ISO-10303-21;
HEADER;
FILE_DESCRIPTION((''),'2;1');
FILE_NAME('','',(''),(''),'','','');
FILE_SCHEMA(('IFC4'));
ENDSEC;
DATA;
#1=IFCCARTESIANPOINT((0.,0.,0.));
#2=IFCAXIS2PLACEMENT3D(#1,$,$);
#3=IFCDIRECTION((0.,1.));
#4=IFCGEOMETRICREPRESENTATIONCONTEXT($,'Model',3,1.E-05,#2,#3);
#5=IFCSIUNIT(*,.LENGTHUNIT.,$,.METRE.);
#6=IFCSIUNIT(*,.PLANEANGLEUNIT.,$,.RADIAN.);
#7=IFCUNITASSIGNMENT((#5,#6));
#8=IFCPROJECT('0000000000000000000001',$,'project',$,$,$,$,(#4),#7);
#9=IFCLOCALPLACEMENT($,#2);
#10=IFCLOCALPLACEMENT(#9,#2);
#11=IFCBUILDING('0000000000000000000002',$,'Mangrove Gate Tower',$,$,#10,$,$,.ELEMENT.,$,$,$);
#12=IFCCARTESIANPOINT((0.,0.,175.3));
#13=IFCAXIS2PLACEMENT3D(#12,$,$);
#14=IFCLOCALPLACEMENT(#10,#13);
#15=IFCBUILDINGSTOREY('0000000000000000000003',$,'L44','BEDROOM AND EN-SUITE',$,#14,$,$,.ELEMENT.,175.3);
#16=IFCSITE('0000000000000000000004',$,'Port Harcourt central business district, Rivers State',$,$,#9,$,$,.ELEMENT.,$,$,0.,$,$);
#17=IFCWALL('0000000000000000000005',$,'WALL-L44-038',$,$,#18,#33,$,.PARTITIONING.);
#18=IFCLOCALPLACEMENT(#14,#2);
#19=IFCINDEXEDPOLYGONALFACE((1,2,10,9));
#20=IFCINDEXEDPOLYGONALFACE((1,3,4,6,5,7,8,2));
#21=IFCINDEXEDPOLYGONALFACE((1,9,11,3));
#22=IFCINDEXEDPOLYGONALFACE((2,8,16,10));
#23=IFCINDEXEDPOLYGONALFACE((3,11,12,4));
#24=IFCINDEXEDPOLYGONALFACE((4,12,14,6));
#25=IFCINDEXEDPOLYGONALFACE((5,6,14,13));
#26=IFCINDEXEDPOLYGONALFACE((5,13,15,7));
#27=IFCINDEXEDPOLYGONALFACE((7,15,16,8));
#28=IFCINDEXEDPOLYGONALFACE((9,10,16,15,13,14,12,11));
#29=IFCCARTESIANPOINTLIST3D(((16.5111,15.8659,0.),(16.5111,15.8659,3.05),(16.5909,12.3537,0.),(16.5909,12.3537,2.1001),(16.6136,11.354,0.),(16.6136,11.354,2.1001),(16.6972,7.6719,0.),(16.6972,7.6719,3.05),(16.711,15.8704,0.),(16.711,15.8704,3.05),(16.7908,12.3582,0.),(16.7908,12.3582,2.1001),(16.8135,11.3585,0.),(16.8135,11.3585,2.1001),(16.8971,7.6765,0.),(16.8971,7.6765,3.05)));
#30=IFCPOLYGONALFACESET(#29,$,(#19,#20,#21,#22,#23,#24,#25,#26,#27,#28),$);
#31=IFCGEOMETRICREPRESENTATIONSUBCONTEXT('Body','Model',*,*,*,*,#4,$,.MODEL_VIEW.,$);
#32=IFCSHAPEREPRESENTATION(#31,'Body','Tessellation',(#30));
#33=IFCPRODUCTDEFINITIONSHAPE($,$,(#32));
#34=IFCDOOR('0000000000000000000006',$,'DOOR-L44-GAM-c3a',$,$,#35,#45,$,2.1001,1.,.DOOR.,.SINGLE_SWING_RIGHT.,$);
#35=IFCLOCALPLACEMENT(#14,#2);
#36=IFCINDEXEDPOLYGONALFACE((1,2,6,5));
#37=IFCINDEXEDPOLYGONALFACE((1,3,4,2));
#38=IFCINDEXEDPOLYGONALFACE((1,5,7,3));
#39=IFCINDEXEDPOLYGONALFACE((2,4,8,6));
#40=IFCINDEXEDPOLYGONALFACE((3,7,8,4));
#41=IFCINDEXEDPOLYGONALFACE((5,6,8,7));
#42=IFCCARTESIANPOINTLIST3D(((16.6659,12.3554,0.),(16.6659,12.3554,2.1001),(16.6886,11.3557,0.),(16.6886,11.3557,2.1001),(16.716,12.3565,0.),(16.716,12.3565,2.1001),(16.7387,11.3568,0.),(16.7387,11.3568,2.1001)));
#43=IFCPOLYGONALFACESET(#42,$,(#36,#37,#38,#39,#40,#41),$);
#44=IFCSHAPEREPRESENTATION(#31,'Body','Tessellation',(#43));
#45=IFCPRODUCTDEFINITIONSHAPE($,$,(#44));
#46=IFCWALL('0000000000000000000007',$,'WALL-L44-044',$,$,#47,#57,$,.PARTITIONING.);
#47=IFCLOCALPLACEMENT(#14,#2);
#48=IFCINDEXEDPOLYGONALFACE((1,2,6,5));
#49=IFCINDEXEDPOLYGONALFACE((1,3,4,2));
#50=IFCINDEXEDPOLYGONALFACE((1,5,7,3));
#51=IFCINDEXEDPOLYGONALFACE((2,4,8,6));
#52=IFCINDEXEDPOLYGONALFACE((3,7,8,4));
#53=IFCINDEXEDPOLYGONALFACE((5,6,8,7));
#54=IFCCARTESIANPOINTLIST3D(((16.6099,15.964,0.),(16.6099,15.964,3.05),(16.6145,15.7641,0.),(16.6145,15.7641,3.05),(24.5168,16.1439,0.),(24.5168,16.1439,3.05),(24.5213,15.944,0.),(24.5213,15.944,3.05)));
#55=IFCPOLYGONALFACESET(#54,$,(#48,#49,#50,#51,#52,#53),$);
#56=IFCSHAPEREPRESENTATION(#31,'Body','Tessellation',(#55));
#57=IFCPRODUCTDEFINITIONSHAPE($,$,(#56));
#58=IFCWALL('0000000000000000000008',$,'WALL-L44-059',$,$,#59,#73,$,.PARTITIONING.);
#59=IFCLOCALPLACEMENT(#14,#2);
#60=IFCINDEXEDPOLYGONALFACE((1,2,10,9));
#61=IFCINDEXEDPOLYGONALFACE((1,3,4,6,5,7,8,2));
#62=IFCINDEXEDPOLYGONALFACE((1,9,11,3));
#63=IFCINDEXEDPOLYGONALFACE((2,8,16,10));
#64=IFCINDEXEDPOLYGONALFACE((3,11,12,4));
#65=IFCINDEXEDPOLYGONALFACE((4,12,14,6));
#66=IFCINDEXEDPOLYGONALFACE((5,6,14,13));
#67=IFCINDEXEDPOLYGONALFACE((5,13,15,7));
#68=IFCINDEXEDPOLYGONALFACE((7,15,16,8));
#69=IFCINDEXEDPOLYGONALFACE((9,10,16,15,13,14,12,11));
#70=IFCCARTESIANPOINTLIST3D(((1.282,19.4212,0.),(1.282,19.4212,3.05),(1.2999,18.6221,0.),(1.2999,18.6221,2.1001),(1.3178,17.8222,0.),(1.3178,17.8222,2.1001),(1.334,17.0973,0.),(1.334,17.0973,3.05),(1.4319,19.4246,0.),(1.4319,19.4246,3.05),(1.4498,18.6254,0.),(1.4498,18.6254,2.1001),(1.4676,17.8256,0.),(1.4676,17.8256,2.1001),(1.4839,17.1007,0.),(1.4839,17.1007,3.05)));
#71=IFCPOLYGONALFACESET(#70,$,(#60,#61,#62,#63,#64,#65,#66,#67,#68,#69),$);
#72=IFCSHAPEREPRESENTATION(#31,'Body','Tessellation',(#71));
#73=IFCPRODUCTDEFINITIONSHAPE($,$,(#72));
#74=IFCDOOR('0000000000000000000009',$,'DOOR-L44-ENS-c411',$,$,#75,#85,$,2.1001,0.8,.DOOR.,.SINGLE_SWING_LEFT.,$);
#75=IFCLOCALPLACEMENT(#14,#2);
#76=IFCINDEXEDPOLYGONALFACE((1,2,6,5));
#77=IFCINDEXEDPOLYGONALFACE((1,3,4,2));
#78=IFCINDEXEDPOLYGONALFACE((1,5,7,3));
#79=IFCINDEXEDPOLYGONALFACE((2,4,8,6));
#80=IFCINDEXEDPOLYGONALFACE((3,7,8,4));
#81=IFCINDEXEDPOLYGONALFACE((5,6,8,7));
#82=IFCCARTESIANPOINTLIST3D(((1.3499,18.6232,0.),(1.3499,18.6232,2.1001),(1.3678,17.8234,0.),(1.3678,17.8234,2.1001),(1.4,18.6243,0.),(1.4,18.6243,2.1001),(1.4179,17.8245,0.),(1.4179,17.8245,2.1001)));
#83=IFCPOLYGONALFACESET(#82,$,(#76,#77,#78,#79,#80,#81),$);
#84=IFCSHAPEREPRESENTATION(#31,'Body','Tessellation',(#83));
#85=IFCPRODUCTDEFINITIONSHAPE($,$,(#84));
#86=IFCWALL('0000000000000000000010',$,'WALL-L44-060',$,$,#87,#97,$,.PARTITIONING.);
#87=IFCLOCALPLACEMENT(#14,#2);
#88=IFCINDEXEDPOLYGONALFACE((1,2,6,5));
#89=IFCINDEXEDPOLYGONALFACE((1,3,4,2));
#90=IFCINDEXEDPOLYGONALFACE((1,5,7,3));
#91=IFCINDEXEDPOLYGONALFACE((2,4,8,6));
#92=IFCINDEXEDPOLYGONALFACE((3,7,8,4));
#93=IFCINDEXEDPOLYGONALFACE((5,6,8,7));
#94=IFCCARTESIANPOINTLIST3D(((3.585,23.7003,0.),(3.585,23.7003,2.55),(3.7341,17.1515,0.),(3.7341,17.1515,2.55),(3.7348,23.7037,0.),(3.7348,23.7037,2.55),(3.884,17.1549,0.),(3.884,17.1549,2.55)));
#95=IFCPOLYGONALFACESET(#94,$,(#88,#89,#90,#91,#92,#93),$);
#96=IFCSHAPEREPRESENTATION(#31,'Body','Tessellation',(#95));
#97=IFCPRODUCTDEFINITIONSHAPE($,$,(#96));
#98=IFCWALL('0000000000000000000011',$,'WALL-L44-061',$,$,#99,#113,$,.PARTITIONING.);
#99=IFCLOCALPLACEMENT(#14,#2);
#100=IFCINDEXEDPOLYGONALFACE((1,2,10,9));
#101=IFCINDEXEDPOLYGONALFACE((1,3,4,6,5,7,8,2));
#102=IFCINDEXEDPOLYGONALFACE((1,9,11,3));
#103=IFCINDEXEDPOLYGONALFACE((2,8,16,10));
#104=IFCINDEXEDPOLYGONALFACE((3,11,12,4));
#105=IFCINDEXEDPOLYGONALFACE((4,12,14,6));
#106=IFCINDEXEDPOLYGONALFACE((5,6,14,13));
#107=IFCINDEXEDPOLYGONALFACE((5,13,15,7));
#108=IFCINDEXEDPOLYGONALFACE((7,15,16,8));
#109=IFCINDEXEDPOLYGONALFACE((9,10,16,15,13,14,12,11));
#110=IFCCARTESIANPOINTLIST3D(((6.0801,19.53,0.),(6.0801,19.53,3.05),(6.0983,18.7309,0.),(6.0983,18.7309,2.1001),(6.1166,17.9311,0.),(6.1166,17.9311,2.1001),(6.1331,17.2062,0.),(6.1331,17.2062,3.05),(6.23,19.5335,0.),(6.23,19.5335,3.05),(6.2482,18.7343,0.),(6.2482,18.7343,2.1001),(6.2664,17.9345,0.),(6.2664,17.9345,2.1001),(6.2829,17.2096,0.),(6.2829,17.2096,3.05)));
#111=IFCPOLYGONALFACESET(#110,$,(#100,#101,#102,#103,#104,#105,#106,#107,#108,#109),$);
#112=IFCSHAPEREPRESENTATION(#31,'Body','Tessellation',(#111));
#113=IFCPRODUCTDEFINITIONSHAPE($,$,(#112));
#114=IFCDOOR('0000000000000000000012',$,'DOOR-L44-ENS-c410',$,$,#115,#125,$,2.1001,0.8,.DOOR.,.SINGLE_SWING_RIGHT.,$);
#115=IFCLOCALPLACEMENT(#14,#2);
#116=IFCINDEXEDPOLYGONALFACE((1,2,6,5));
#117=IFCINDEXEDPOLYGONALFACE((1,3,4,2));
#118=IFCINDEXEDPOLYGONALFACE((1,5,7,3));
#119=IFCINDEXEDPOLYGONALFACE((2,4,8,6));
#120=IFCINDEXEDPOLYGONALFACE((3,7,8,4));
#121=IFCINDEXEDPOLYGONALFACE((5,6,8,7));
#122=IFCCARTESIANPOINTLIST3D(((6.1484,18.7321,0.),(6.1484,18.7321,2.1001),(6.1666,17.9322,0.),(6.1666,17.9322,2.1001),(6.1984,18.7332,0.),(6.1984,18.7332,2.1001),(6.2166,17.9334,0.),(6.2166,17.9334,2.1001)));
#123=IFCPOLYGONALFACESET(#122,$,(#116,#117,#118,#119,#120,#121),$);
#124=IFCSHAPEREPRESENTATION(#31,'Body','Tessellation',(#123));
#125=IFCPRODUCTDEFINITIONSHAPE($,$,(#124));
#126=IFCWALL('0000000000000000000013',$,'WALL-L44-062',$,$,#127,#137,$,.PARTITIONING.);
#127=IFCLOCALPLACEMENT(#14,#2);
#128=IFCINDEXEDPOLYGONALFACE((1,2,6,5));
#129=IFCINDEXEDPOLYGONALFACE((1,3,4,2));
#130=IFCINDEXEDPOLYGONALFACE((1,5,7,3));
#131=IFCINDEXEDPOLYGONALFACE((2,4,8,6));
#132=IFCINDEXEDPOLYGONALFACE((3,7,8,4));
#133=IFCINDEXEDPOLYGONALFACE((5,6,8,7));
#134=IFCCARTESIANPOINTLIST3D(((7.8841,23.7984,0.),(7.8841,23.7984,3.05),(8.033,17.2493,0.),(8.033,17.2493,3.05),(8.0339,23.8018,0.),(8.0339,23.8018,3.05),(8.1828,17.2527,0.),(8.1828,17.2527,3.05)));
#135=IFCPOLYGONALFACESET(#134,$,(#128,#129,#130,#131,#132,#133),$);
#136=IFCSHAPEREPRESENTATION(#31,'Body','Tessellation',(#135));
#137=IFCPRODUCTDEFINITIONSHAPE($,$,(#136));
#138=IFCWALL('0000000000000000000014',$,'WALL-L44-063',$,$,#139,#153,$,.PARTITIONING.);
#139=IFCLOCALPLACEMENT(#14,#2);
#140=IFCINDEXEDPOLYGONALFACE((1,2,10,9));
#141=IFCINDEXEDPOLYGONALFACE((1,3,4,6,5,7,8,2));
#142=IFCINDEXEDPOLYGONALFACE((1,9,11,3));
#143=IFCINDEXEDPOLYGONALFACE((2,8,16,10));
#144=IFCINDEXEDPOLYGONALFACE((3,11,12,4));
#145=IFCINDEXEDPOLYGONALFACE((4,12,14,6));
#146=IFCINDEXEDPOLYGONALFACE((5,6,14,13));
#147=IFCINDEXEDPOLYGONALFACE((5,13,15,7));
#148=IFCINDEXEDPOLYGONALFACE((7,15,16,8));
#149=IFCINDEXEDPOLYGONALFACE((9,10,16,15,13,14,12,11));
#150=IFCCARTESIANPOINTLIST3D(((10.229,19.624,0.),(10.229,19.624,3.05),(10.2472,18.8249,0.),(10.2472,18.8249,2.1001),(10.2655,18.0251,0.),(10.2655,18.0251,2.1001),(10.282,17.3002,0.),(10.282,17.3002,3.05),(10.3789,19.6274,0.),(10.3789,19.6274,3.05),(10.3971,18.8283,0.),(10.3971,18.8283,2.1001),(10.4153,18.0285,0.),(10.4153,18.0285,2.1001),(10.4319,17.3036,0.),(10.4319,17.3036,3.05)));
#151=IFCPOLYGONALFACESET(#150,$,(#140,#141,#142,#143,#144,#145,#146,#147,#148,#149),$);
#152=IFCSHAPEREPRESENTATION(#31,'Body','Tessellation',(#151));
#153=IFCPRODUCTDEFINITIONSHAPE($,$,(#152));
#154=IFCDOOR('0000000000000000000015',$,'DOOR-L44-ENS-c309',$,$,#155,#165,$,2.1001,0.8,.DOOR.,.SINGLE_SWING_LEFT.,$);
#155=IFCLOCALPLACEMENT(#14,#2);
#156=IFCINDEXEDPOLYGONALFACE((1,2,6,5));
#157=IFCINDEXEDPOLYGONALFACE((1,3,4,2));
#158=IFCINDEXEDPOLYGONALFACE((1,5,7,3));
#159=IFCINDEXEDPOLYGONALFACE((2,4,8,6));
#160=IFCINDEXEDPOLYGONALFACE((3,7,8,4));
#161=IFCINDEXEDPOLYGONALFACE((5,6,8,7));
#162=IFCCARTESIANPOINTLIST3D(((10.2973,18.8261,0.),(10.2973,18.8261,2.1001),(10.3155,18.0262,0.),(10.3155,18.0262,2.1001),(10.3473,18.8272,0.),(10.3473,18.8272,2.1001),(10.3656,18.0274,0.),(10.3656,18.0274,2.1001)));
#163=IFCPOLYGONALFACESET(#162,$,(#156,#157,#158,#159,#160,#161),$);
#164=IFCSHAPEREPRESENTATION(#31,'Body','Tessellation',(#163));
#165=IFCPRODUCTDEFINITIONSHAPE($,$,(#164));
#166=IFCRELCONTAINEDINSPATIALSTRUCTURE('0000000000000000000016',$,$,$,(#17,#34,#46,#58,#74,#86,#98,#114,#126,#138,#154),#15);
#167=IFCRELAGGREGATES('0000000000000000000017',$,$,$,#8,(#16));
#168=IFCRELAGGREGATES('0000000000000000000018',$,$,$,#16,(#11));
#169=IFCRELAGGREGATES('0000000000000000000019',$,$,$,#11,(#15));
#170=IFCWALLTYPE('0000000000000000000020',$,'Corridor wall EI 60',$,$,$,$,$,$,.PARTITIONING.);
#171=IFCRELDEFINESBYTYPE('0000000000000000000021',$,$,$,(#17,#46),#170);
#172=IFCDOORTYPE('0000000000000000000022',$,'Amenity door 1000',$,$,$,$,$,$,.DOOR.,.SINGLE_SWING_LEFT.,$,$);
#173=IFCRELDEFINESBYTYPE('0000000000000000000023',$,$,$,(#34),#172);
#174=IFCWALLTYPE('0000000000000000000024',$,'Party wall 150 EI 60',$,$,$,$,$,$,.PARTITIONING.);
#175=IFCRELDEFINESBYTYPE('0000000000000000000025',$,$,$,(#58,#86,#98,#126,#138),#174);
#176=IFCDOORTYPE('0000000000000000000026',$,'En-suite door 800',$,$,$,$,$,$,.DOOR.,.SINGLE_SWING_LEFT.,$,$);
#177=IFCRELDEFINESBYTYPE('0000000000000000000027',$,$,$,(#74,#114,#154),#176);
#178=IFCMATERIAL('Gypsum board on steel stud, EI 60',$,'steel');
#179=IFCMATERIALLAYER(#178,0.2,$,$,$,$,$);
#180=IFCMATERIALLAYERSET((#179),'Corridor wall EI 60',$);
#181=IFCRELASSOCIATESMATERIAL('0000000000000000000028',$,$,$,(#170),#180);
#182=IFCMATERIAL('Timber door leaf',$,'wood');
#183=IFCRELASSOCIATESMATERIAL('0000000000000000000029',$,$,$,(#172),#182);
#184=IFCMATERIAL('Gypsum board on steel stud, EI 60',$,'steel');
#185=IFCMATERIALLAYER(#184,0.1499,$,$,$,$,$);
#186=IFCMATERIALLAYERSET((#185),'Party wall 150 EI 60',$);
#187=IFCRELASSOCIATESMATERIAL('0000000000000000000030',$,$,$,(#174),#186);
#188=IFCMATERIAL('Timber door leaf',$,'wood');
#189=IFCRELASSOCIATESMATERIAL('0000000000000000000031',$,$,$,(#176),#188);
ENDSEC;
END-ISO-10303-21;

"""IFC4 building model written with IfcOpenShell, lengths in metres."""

from ifc_helpers import new_model, si_unit, direction, frame, frame_2d, origin, place, context, subcontext, project, spatial, rectangle, extrude, material, layer, layer_set, type_object, element, fill, save


model = new_model("IFC4")

# Units and contexts
model_context = context("Model", 3, precision=1e-05, world=origin(), true_north=direction((0.0, 1.0)))
body_context = subcontext(model_context, "Body", "Model", "MODEL_VIEW")
ifc_project = project(units=[si_unit("LENGTHUNIT", "METRE"), si_unit("PLANEANGLEUNIT", "RADIAN")], contexts=[model_context])

# Site, building, storey
site_placement = place(None, origin())
site = spatial("IfcSite", under=ifc_project, at=site_placement, Name="Port Harcourt central business district, Rivers State", CompositionType="ELEMENT", RefElevation=0.0)
building_placement = place(site_placement, origin())
building = spatial("IfcBuilding", under=site, at=building_placement, Name="Mangrove Gate Tower", CompositionType="ELEMENT")
storey_placement = place(building_placement, frame((0.0, 0.0, 175.3)))
storey = spatial("IfcBuildingStorey", under=building, at=storey_placement, Name="L44", Description="BEDROOM AND EN-SUITE", CompositionType="ELEMENT", Elevation=175.3)

# Wall, opening, door
ifc_material_1 = material(Name="Gypsum board on steel stud, EI 60", Category="steel")
ifc_layer_1 = layer(ifc_material_1, 0.2)
ifc_layer_set_1 = layer_set([ifc_layer_1], Name="Corridor wall EI 60")
wall_type_1 = type_object("IfcWallType", Name="Corridor wall EI 60", PredefinedType="PARTITIONING", material=ifc_layer_set_1)
wall_1_placement = place(storey_placement, frame((16.7971, 7.6741, 0.0), z_axis=(0.0, 0.0, 1.0), x_axis=(-0.022698, 0.999742, 0.0)))
wall_1 = element("IfcWall", 1, at=wall_1_placement, inside=storey, type_object=wall_type_1, Name="WALL-L44-038", PredefinedType="PARTITIONING", context=body_context, shape_type="SweptSolid", body=[
    extrude(rectangle(XDim=8.196, YDim=0.2, at=frame_2d((4.0981, 0.0))), origin(), (0.0, 0.0, 1.0), 3.05),
])
opening_1_placement = place(wall_1_placement, frame((3.6831, 0.0, 0.0)))
opening_1 = element("IfcOpeningElement", 2, at=opening_1_placement, cuts=wall_1, PredefinedType="OPENING", context=body_context, shape_type="SweptSolid", body=[
    extrude(rectangle(XDim=1.0, YDim=2.1001, at=frame_2d((0.5, 1.05))), frame((0.0, 0.1099, 0.0), z_axis=(0.0, -1.0, 0.0), x_axis=(1.0, 0.0, 0.0)), (0.0, 0.0, 1.0), 0.22),
])
ifc_material_2 = material(Name="Timber door leaf", Category="wood")
door_type_1 = type_object("IfcDoorType", Name="Amenity door 1000", OperationType="SINGLE_SWING_LEFT", PredefinedType="DOOR", material=ifc_material_2)
door_1_placement = place(opening_1_placement, origin())
door_1 = element("IfcDoor", 3, at=door_1_placement, inside=storey, type_object=door_type_1, Name="DOOR-L44-GAM-c3a", OperationType="SINGLE_SWING_RIGHT", OverallHeight=2.1001, OverallWidth=1.0, PredefinedType="DOOR", context=body_context, shape_type="SweptSolid", body=[
    extrude(rectangle(XDim=1.0, YDim=2.1001, at=frame_2d((0.5, 1.05))), frame((0.0, 0.0249, 0.0), z_axis=(0.0, -1.0, 0.0), x_axis=(1.0, 0.0, 0.0)), (0.0, 0.0, 1.0), 0.05),
])
fill(opening_1, door_1)

# Wall
wall_2_placement = place(storey_placement, frame((16.6121, 15.864, 0.0), z_axis=(0.0, 0.0, 1.0), x_axis=(0.999741, 0.02275, 0.0)))
element("IfcWall", 4, at=wall_2_placement, inside=storey, type_object=wall_type_1, Name="WALL-L44-044", PredefinedType="PARTITIONING", context=body_context, shape_type="SweptSolid", body=[
    extrude(rectangle(XDim=7.9089, YDim=0.2, at=frame_2d((3.9546, 0.0))), origin(), (0.0, 0.0, 1.0), 3.05),
])

# Wall, opening, door
ifc_material_3 = material(Name="Gypsum board on steel stud, EI 60", Category="steel")
ifc_layer_2 = layer(ifc_material_3, 0.1499)
ifc_layer_set_2 = layer_set([ifc_layer_2], Name="Party wall 150 EI 60")
wall_type_2 = type_object("IfcWallType", Name="Party wall 150 EI 60", PredefinedType="PARTITIONING", material=ifc_layer_set_2)
wall_3_placement = place(storey_placement, frame((1.4089, 17.0991, 0.0), z_axis=(0.0, 0.0, 1.0), x_axis=(-0.022371, 0.99975, 0.0)))
wall_3 = element("IfcWall", 5, at=wall_3_placement, inside=storey, type_object=wall_type_2, Name="WALL-L44-059", PredefinedType="PARTITIONING", context=body_context, shape_type="SweptSolid", body=[
    extrude(rectangle(XDim=2.3245, YDim=0.1499, at=frame_2d((1.1621, 0.0))), origin(), (0.0, 0.0, 1.0), 3.05),
])
opening_2_placement = place(wall_3_placement, frame((0.7251, 0.0, 0.0)))
opening_2 = element("IfcOpeningElement", 6, at=opening_2_placement, cuts=wall_3, PredefinedType="OPENING", context=body_context, shape_type="SweptSolid", body=[
    extrude(rectangle(XDim=0.8, YDim=2.1001, at=frame_2d((0.3999, 1.05))), frame((0.0, 0.085, 0.0), z_axis=(0.0, -1.0, 0.0), x_axis=(1.0, 0.0, 0.0)), (0.0, 0.0, 1.0), 0.1699),
])
ifc_material_4 = material(Name="Timber door leaf", Category="wood")
door_type_2 = type_object("IfcDoorType", Name="En-suite door 800", OperationType="SINGLE_SWING_LEFT", PredefinedType="DOOR", material=ifc_material_4)
door_2_placement = place(opening_2_placement, origin())
door_2 = element("IfcDoor", 7, at=door_2_placement, inside=storey, type_object=door_type_2, Name="DOOR-L44-ENS-c411", OperationType="SINGLE_SWING_LEFT", OverallHeight=2.1001, OverallWidth=0.8, PredefinedType="DOOR", context=body_context, shape_type="SweptSolid", body=[
    extrude(rectangle(XDim=0.8, YDim=2.1001, at=frame_2d((0.3999, 1.05))), frame((0.0, 0.0249, 0.0), z_axis=(0.0, -1.0, 0.0), x_axis=(1.0, 0.0, 0.0)), (0.0, 0.0, 1.0), 0.05),
])
fill(opening_2, door_2)

# Wall
wall_4_placement = place(storey_placement, frame((3.8091, 17.1531, 0.0), z_axis=(0.0, 0.0, 1.0), x_axis=(-0.022772, 0.999741, 0.0)))
element("IfcWall", 8, at=wall_4_placement, inside=storey, type_object=wall_type_2, Name="WALL-L44-060", PredefinedType="PARTITIONING", context=body_context, shape_type="SweptSolid", body=[
    extrude(rectangle(XDim=6.5505, YDim=0.1499, at=frame_2d((3.2754, 0.0))), origin(), (0.0, 0.0, 1.0), 2.55),
])

# Wall, opening, door
wall_5_placement = place(storey_placement, frame((6.208, 17.208, 0.0), z_axis=(0.0, 0.0, 1.0), x_axis=(-0.022791, 0.99974, 0.0)))
wall_5 = element("IfcWall", 9, at=wall_5_placement, inside=storey, type_object=wall_type_2, Name="WALL-L44-061", PredefinedType="PARTITIONING", context=body_context, shape_type="SweptSolid", body=[
    extrude(rectangle(XDim=2.3245, YDim=0.1499, at=frame_2d((1.1621, 0.0))), origin(), (0.0, 0.0, 1.0), 3.05),
])
opening_3_placement = place(wall_5_placement, frame((0.7251, 0.0, 0.0)))
opening_3 = element("IfcOpeningElement", 10, at=opening_3_placement, cuts=wall_5, PredefinedType="OPENING", context=body_context, shape_type="SweptSolid", body=[
    extrude(rectangle(XDim=0.8, YDim=2.1001, at=frame_2d((0.3999, 1.05))), frame((0.0, 0.085, 0.0), z_axis=(0.0, -1.0, 0.0), x_axis=(1.0, 0.0, 0.0)), (0.0, 0.0, 1.0), 0.1699),
])
door_3_placement = place(opening_3_placement, origin())
door_3 = element("IfcDoor", 11, at=door_3_placement, inside=storey, type_object=door_type_2, Name="DOOR-L44-ENS-c410", OperationType="SINGLE_SWING_RIGHT", OverallHeight=2.1001, OverallWidth=0.8, PredefinedType="DOOR", context=body_context, shape_type="SweptSolid", body=[
    extrude(rectangle(XDim=0.8, YDim=2.1001, at=frame_2d((0.3999, 1.05))), frame((0.0, 0.0249, 0.0), z_axis=(0.0, -1.0, 0.0), x_axis=(1.0, 0.0, 0.0)), (0.0, 0.0, 1.0), 0.05),
])
fill(opening_3, door_3)

# Wall
wall_6_placement = place(storey_placement, frame((8.1079, 17.251, 0.0), z_axis=(0.0, 0.0, 1.0), x_axis=(-0.022734, 0.999742, 0.0)))
element("IfcWall", 12, at=wall_6_placement, inside=storey, type_object=wall_type_2, Name="WALL-L44-062", PredefinedType="PARTITIONING", context=body_context, shape_type="SweptSolid", body=[
    extrude(rectangle(XDim=6.5508, YDim=0.1499, at=frame_2d((3.2754, 0.0))), origin(), (0.0, 0.0, 1.0), 3.05),
])

# Wall, opening, door
wall_7_placement = place(storey_placement, frame((10.3569, 17.302, 0.0), z_axis=(0.0, 0.0, 1.0), x_axis=(-0.022791, 0.99974, 0.0)))
wall_7 = element("IfcWall", 13, at=wall_7_placement, inside=storey, type_object=wall_type_2, Name="WALL-L44-063", PredefinedType="PARTITIONING", context=body_context, shape_type="SweptSolid", body=[
    extrude(rectangle(XDim=2.3245, YDim=0.1499, at=frame_2d((1.1621, 0.0))), origin(), (0.0, 0.0, 1.0), 3.05),
])
opening_4_placement = place(wall_7_placement, frame((0.7251, 0.0, 0.0)))
opening_4 = element("IfcOpeningElement", 14, at=opening_4_placement, cuts=wall_7, PredefinedType="OPENING", context=body_context, shape_type="SweptSolid", body=[
    extrude(rectangle(XDim=0.8, YDim=2.1001, at=frame_2d((0.3999, 1.05))), frame((0.0, 0.085, 0.0), z_axis=(0.0, -1.0, 0.0), x_axis=(1.0, 0.0, 0.0)), (0.0, 0.0, 1.0), 0.1699),
])
door_4_placement = place(opening_4_placement, origin())
door_4 = element("IfcDoor", 15, at=door_4_placement, inside=storey, type_object=door_type_2, Name="DOOR-L44-ENS-c309", OperationType="SINGLE_SWING_LEFT", OverallHeight=2.1001, OverallWidth=0.8, PredefinedType="DOOR", context=body_context, shape_type="SweptSolid", body=[
    extrude(rectangle(XDim=0.8, YDim=2.1001, at=frame_2d((0.3999, 1.05))), frame((0.0, 0.0249, 0.0), z_axis=(0.0, -1.0, 0.0), x_axis=(1.0, 0.0, 0.0)), (0.0, 0.0, 1.0), 0.05),
])
fill(opening_4, door_4)

save(model, "model.ifc")
